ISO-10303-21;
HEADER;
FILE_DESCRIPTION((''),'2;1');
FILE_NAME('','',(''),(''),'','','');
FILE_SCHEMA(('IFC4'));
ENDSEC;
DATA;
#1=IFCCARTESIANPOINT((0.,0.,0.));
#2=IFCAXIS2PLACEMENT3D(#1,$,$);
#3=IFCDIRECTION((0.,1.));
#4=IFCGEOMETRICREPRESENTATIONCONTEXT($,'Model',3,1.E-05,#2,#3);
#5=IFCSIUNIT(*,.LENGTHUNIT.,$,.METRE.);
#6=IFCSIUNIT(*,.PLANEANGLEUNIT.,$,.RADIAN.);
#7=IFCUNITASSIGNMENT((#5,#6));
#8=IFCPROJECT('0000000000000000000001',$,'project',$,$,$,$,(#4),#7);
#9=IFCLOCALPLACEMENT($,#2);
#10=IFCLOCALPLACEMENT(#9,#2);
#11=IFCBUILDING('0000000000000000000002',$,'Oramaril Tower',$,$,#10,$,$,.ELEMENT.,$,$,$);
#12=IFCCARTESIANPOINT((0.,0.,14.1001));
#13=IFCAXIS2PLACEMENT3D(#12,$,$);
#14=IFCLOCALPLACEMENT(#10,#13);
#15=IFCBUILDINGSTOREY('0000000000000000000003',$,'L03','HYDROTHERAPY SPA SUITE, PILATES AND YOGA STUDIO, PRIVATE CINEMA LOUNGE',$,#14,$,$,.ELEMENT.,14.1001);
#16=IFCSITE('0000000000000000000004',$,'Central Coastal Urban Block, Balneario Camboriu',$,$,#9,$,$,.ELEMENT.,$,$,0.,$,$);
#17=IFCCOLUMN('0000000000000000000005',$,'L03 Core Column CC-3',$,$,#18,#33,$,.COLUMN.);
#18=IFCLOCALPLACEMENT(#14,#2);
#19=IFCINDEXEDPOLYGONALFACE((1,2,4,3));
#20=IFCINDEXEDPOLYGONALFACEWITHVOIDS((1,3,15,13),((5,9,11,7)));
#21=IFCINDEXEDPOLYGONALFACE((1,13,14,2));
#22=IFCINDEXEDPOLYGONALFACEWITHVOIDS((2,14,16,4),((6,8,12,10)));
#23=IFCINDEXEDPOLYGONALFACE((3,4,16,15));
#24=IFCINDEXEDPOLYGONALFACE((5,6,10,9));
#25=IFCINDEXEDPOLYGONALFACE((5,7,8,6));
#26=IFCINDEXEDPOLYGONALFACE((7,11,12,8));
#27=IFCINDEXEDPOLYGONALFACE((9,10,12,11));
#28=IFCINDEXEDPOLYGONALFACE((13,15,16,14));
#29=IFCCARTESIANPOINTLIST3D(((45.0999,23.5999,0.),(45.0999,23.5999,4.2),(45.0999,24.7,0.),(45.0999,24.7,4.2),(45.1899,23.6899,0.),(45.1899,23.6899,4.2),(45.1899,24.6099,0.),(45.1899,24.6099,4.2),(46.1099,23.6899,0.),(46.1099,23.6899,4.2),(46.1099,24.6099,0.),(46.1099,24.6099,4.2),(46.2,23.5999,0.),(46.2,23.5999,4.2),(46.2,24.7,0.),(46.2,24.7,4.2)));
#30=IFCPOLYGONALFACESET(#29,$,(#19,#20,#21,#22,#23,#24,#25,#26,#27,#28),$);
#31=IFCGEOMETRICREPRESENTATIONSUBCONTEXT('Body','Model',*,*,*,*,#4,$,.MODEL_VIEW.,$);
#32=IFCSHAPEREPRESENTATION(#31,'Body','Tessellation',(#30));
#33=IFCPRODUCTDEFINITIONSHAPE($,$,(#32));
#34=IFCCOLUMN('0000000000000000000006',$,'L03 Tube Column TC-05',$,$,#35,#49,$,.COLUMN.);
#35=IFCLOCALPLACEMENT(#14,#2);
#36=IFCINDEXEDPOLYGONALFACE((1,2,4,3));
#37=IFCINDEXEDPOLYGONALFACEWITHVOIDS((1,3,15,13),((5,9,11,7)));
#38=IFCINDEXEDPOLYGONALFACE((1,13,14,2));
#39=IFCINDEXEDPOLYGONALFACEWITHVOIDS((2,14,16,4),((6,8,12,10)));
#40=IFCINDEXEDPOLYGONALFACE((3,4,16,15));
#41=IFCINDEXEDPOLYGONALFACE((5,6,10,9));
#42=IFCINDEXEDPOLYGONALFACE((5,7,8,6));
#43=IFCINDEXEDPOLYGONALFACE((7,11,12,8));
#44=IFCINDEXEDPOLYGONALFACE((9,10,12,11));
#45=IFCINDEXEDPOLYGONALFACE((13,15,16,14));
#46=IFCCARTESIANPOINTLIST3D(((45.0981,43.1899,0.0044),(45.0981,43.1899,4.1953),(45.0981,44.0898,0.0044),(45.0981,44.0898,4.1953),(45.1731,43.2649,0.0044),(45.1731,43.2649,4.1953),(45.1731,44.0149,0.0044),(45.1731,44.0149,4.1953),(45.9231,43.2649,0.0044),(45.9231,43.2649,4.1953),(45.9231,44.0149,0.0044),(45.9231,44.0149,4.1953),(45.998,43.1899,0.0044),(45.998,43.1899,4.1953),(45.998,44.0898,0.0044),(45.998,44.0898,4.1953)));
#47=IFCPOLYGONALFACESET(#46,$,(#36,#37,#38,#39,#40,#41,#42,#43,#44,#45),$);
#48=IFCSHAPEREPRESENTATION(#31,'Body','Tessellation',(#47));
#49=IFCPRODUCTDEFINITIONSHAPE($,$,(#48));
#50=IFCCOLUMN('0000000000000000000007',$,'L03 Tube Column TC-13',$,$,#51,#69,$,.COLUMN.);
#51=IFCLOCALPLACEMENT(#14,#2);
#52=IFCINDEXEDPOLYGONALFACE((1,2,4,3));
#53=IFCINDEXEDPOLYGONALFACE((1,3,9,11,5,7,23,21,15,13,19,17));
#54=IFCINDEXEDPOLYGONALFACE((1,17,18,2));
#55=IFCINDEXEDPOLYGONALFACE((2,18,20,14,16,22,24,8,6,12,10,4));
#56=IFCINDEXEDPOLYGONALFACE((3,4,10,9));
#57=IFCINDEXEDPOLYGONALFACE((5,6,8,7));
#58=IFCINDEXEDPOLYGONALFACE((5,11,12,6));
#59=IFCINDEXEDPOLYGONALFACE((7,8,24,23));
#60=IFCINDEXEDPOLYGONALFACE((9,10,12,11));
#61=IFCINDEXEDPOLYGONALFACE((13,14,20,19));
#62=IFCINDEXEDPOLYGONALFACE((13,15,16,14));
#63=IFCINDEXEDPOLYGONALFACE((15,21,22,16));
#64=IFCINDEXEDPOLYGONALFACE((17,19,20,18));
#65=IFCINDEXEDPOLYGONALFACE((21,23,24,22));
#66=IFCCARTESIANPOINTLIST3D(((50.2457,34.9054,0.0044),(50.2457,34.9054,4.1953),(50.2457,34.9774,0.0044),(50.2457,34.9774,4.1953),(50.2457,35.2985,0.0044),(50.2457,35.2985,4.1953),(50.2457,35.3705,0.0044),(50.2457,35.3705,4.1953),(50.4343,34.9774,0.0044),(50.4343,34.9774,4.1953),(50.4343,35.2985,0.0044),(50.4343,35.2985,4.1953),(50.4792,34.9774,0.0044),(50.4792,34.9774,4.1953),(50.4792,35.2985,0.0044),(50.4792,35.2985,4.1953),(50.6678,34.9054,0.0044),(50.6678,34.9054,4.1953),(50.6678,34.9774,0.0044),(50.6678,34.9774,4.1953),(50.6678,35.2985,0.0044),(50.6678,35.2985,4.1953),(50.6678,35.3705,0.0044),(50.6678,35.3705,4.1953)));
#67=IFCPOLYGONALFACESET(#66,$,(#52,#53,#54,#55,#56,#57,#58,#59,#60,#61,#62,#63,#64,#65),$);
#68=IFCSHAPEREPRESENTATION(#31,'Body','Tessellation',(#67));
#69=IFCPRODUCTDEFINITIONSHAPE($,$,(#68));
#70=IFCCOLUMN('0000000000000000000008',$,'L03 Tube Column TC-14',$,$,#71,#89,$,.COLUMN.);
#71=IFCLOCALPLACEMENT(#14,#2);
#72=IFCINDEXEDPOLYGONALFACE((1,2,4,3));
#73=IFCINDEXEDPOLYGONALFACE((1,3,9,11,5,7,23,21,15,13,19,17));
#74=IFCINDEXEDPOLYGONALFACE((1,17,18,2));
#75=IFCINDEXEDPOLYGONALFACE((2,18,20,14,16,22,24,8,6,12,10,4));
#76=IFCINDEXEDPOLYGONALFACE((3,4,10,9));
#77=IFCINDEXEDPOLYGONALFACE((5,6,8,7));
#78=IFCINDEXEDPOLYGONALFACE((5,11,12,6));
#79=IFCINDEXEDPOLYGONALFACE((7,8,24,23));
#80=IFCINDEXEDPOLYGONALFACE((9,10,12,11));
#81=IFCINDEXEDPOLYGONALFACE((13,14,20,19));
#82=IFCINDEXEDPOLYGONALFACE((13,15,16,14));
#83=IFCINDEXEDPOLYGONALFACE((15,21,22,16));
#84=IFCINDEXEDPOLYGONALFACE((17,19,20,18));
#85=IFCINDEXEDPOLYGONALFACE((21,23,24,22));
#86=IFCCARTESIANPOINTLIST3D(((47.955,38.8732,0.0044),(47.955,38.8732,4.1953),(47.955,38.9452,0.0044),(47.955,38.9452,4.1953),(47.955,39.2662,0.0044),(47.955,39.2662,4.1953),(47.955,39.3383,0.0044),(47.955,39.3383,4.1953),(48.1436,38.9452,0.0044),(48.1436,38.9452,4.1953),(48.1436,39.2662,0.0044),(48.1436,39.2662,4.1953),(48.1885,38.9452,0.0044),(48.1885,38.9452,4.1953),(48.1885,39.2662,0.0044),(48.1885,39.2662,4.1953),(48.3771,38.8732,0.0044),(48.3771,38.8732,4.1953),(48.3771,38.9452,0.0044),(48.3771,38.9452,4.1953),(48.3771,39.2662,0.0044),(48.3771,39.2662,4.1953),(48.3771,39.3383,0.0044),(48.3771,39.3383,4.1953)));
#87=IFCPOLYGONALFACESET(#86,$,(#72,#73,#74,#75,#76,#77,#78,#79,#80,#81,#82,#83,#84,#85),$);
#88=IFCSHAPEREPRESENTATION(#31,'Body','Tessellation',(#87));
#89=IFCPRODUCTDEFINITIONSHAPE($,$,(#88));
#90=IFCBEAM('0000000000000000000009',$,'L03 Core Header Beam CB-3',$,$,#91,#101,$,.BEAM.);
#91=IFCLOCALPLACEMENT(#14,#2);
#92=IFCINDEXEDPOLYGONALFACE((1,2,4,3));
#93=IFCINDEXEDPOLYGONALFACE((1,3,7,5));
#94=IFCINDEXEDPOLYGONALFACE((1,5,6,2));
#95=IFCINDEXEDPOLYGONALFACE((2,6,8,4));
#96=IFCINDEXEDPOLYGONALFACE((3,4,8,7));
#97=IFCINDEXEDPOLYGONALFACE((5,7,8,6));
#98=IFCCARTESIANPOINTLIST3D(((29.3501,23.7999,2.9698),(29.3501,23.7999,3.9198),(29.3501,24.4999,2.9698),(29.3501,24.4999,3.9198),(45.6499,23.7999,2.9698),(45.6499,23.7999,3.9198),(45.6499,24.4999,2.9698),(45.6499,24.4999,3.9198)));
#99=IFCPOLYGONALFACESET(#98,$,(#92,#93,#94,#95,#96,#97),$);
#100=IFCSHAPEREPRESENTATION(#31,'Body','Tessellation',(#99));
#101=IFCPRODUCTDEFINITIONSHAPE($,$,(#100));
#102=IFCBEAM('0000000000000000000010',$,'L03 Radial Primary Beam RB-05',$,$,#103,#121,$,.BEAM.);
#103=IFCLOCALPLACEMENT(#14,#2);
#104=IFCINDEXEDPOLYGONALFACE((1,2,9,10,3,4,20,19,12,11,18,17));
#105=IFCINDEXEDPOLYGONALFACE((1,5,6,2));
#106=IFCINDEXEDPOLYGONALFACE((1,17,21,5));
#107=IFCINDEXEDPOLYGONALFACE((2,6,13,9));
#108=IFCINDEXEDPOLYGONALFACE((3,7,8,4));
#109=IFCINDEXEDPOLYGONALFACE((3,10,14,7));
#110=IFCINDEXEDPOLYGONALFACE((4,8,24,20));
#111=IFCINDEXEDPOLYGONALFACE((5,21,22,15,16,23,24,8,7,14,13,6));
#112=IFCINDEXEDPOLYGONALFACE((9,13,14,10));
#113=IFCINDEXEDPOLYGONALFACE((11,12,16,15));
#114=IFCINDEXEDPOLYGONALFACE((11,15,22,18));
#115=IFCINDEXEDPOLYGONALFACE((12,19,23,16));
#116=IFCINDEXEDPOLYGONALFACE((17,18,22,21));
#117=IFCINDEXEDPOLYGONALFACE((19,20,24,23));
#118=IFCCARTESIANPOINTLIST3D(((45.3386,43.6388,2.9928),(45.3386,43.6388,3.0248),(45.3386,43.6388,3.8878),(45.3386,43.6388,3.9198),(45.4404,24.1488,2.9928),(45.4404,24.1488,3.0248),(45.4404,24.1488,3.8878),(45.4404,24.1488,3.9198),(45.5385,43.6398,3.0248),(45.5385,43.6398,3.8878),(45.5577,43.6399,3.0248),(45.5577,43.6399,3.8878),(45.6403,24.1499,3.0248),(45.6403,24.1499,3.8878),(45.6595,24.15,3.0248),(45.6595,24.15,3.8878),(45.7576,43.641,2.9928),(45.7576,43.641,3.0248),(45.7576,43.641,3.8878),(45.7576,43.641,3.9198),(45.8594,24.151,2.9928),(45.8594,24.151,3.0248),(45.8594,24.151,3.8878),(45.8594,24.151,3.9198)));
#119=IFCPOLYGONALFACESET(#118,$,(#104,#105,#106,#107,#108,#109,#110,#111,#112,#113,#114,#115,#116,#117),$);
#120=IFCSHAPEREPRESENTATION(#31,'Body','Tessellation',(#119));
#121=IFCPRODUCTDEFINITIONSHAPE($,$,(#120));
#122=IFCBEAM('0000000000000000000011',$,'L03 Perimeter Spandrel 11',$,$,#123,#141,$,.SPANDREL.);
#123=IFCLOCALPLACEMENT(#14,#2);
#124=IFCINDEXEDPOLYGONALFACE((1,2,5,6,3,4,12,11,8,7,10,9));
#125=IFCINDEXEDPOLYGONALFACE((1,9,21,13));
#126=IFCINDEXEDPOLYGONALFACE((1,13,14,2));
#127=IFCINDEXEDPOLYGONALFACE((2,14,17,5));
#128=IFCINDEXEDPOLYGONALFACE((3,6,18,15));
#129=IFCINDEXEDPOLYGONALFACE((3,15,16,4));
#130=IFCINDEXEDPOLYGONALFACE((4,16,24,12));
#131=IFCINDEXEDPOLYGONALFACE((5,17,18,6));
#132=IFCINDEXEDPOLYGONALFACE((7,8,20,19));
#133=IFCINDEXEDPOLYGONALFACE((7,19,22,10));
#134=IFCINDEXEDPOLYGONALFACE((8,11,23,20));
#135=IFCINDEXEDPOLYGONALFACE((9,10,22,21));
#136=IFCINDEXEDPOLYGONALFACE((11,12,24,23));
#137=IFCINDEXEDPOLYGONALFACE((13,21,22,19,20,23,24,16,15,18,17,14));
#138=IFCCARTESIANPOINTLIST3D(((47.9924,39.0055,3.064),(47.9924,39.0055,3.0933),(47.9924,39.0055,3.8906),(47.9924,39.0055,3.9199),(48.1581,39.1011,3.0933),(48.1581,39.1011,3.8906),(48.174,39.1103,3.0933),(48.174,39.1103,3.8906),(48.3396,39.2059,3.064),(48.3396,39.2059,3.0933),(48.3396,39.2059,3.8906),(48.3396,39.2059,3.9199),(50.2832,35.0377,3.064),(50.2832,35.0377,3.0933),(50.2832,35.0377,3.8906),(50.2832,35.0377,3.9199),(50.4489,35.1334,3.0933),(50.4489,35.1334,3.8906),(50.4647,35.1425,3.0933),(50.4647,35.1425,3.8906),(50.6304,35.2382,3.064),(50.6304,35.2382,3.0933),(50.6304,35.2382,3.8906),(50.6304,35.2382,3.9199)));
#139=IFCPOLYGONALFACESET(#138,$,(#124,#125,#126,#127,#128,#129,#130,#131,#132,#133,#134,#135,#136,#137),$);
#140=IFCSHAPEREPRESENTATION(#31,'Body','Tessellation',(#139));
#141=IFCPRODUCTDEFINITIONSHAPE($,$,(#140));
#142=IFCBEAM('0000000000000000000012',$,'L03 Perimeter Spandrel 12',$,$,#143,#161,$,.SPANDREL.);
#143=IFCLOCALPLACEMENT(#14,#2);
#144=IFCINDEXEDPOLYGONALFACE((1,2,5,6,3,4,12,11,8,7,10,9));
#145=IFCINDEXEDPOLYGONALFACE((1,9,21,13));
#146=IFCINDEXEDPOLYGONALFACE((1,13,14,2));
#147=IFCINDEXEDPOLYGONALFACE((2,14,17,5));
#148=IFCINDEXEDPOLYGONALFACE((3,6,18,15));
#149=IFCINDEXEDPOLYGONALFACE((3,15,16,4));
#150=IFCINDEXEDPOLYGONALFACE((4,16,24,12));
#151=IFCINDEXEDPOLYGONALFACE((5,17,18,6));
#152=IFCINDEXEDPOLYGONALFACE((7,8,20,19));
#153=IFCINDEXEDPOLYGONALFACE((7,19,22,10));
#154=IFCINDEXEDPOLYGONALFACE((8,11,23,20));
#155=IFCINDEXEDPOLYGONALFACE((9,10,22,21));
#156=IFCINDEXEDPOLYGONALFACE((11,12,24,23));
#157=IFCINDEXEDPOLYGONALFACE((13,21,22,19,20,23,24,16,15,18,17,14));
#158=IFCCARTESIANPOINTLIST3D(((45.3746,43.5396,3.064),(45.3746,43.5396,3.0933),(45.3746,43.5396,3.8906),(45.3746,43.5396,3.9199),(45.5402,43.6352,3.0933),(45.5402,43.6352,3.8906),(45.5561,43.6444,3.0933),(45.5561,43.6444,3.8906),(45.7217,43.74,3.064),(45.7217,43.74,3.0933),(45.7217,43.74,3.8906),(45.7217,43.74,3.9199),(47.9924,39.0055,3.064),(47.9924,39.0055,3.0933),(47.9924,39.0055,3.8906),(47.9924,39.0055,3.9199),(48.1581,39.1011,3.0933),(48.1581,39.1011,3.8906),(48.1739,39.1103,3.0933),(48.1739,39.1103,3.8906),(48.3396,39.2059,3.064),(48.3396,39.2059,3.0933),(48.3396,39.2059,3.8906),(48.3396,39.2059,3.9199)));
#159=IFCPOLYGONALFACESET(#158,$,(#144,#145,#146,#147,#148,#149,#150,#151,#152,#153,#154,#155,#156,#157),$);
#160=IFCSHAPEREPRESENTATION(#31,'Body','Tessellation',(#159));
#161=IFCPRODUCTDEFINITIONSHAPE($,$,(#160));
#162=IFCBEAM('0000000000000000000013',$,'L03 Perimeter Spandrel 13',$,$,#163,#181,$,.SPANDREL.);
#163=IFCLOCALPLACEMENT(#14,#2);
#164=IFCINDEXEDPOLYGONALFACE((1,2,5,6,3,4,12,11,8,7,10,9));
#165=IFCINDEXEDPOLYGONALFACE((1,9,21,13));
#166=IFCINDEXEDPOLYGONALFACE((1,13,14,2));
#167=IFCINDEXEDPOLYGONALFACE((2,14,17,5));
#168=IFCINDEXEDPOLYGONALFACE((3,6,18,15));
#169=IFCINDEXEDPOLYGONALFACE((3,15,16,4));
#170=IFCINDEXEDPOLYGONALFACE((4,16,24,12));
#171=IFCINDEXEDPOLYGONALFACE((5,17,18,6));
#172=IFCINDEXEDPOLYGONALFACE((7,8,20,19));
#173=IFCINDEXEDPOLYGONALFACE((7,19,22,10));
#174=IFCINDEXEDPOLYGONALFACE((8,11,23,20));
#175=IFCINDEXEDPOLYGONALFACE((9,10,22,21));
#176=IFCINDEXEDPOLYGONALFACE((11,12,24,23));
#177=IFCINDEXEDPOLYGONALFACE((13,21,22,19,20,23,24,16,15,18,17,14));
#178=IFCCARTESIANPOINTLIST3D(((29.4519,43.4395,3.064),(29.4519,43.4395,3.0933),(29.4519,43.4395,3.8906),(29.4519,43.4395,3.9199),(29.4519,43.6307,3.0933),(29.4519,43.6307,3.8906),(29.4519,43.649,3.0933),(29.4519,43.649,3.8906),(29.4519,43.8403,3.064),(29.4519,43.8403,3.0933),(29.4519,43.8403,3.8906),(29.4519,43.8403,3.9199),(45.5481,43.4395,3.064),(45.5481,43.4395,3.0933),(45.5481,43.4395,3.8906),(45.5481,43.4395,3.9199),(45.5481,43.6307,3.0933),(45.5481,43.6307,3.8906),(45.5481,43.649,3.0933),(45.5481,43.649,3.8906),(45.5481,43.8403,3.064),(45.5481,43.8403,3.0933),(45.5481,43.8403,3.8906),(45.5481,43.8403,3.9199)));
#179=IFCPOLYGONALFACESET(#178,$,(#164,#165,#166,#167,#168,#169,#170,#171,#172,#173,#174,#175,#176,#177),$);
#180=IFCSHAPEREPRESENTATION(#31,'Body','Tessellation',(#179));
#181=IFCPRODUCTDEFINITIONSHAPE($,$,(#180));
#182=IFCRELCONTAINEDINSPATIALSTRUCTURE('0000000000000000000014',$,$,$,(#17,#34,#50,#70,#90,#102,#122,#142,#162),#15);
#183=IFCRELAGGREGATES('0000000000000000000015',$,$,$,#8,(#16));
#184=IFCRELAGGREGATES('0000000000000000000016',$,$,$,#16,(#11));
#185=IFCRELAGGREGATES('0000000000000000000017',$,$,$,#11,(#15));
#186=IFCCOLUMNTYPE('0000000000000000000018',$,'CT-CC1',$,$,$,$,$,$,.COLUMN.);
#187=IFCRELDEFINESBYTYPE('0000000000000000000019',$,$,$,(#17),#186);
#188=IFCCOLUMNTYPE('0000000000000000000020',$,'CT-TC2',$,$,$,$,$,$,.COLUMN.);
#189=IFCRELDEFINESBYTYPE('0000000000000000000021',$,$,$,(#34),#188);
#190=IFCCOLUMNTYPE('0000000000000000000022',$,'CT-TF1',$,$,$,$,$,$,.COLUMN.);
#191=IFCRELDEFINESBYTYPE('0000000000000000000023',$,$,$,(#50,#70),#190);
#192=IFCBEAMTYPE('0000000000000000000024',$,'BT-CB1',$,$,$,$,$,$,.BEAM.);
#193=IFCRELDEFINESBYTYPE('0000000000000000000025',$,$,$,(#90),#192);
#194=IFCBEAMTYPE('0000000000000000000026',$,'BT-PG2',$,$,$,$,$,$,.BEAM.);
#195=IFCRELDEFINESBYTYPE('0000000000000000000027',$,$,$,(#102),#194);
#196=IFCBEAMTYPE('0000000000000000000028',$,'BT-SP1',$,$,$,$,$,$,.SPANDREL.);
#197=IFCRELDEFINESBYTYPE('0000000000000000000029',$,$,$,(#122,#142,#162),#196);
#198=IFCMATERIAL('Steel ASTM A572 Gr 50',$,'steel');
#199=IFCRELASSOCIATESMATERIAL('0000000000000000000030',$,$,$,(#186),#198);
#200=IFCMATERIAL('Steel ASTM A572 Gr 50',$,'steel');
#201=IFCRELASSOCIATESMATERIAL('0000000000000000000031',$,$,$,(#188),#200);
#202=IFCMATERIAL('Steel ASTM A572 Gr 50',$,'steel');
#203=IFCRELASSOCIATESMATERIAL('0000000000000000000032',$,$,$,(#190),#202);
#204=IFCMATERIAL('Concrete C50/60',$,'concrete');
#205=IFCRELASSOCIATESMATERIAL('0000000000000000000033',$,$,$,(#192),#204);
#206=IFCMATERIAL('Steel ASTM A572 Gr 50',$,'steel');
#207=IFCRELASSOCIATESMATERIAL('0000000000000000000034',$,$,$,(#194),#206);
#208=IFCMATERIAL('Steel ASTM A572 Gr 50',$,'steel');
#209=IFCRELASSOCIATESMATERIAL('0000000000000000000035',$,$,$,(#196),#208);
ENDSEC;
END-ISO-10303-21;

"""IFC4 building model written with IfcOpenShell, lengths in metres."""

from ifc_helpers import new_model, si_unit, direction, frame, origin, origin_2d, place, context, subcontext, project, spatial, rectangle, hollow_rectangle, i_section, extrude, material, material_profile, profile_set, type_object, element, save


model = new_model("IFC4")

# Units and contexts
model_context = context("Model", 3, precision=1e-05, world=origin(), true_north=direction((0.0, 1.0)))
body_context = subcontext(model_context, "Body", "Model", "MODEL_VIEW")
ifc_project = project(units=[si_unit("LENGTHUNIT", "METRE"), si_unit("PLANEANGLEUNIT", "RADIAN")], contexts=[model_context])

# Site, building, storey
site_placement = place(None, origin())
site = spatial("IfcSite", under=ifc_project, at=site_placement, Name="Central Coastal Urban Block, Balneario Camboriu", CompositionType="ELEMENT", RefElevation=0.0)
building_placement = place(site_placement, origin())
building = spatial("IfcBuilding", under=site, at=building_placement, Name="Oramaril Tower", CompositionType="ELEMENT")
storey_placement = place(building_placement, frame((0.0, 0.0, 14.1001)))
storey = spatial("IfcBuildingStorey", under=building, at=storey_placement, Name="L03", Description="HYDROTHERAPY SPA SUITE, PILATES AND YOGA STUDIO, PRIVATE CINEMA LOUNGE", CompositionType="ELEMENT", Elevation=14.1001)

# Columns
ifc_material_1 = material(Name="Steel ASTM A572 Gr 50", Category="steel")
ifc_material_profile_1 = material_profile(ifc_material_1, hollow_rectangle(XDim=1.1001, YDim=1.1001, WallThickness=0.0901, at=origin_2d()), Name="BOX1100X1100X90")
ifc_profile_set_1 = profile_set([ifc_material_profile_1], Name="Steel ASTM A572 Gr 50")
column_type_1 = type_object("IfcColumnType", Name="CT-CC1", PredefinedType="COLUMN", material=ifc_profile_set_1)
column_1_placement = place(storey_placement, frame((45.6499, 24.1499, 0.0), z_axis=(0.0, 0.0, 1.0), x_axis=(1.0, 0.0, 0.0)))
element("IfcColumn", 1, at=column_1_placement, inside=storey, type_object=column_type_1, Name="L03 Core Column CC-3", PredefinedType="COLUMN", context=body_context, shape_type="SweptSolid", body=[
    extrude(hollow_rectangle(XDim=1.1001, YDim=1.1001, WallThickness=0.0901, at=origin_2d()), origin(), (0.0, 0.0, 1.0), 4.2),
])
ifc_material_2 = material(Name="Steel ASTM A572 Gr 50", Category="steel")
ifc_material_profile_2 = material_profile(ifc_material_2, hollow_rectangle(XDim=0.8999, YDim=0.8999, WallThickness=0.075, at=origin_2d()), Name="BOX900X900X75")
ifc_profile_set_2 = profile_set([ifc_material_profile_2], Name="Steel ASTM A572 Gr 50")
column_type_2 = type_object("IfcColumnType", Name="CT-TC2", PredefinedType="COLUMN", material=ifc_profile_set_2)
column_2_placement = place(storey_placement, frame((45.5481, 43.6399, 0.0044), z_axis=(0.0, 0.0, 1.0), x_axis=(1.0, 0.0, 0.0)))
element("IfcColumn", 2, at=column_2_placement, inside=storey, type_object=column_type_2, Name="L03 Tube Column TC-05", PredefinedType="COLUMN", context=body_context, shape_type="SweptSolid", body=[
    extrude(hollow_rectangle(XDim=0.8999, YDim=0.8999, WallThickness=0.075, at=origin_2d()), origin(), (0.0, 0.0, 1.0), 4.1909),
])
ifc_material_3 = material(Name="Steel ASTM A572 Gr 50", Category="steel")
ifc_material_profile_3 = material_profile(ifc_material_3, i_section(OverallWidth=0.4221, OverallDepth=0.4651, WebThickness=0.0449, FlangeThickness=0.072, at=origin_2d()), Name="W14X398")
ifc_profile_set_3 = profile_set([ifc_material_profile_3], Name="Steel ASTM A572 Gr 50")
column_type_3 = type_object("IfcColumnType", Name="CT-TF1", PredefinedType="COLUMN", material=ifc_profile_set_3)
for number, where, z_axis, x_axis, name in (
    (3, (50.4568, 35.1379, 0.0044), (0.0, 0.0, 1.0), (1.0, 0.0, 0.0), "L03 Tube Column TC-13"),
    (4, (48.166, 39.1057, 0.0044), (0.0, 0.0, 1.0), (1.0, 0.0, 0.0), "L03 Tube Column TC-14"),
):
    element("IfcColumn", number, at=place(storey_placement, frame(where, z_axis=z_axis, x_axis=x_axis)), inside=storey, type_object=column_type_3, Name=name, PredefinedType="COLUMN", context=body_context, shape_type="SweptSolid", body=[
        extrude(i_section(OverallWidth=0.4221, OverallDepth=0.4651, WebThickness=0.0449, FlangeThickness=0.072, at=origin_2d()), origin(), (0.0, 0.0, 1.0), 4.1909),
    ])

# Beams
ifc_material_4 = material(Name="Concrete C50/60", Category="concrete")
ifc_material_profile_4 = material_profile(ifc_material_4, rectangle(XDim=0.7, YDim=0.95, at=origin_2d()), Name="CB700X950")
ifc_profile_set_4 = profile_set([ifc_material_profile_4], Name="Concrete C50/60")
beam_type_1 = type_object("IfcBeamType", Name="BT-CB1", PredefinedType="BEAM", material=ifc_profile_set_4)
beam_1_placement = place(storey_placement, frame((45.6499, 24.1499, 3.4448), z_axis=(-1.0, 0.0, 0.0), x_axis=(0.0, -1.0, 0.0)))
element("IfcBeam", 5, at=beam_1_placement, inside=storey, type_object=beam_type_1, Name="L03 Core Header Beam CB-3", PredefinedType="BEAM", context=body_context, shape_type="SweptSolid", body=[
    extrude(rectangle(XDim=0.7, YDim=0.95, at=origin_2d()), origin(), (0.0, 0.0, 1.0), 16.2998),
])
ifc_material_5 = material(Name="Steel ASTM A572 Gr 50", Category="steel")
ifc_material_profile_5 = material_profile(ifc_material_5, i_section(OverallWidth=0.4189, OverallDepth=0.927, WebThickness=0.0193, FlangeThickness=0.032, at=origin_2d()), Name="W36X231")
ifc_profile_set_5 = profile_set([ifc_material_profile_5], Name="Steel ASTM A572 Gr 50")
beam_type_2 = type_object("IfcBeamType", Name="BT-PG2", PredefinedType="BEAM", material=ifc_profile_set_5)
beam_2_placement = place(storey_placement, frame((45.6499, 24.1499, 3.4563), z_axis=(-0.005223, 0.999986, 0.0), x_axis=(-0.999986, -0.005223, 0.0)))
element("IfcBeam", 6, at=beam_2_placement, inside=storey, type_object=beam_type_2, Name="L03 Radial Primary Beam RB-05", PredefinedType="BEAM", context=body_context, shape_type="SweptSolid", body=[
    extrude(i_section(OverallWidth=0.4189, OverallDepth=0.927, WebThickness=0.0193, FlangeThickness=0.032, at=origin_2d()), origin(), (0.0, 0.0, 1.0), 19.4902),
])
ifc_material_6 = material(Name="Steel ASTM A572 Gr 50", Category="steel")
ifc_material_profile_6 = material_profile(ifc_material_6, i_section(OverallWidth=0.4009, OverallDepth=0.856, WebThickness=0.0183, FlangeThickness=0.0293, at=origin_2d()), Name="W33X201")
ifc_profile_set_6 = profile_set([ifc_material_profile_6], Name="Steel ASTM A572 Gr 50")
beam_type_3 = type_object("IfcBeamType", Name="BT-SP1", PredefinedType="SPANDREL", material=ifc_profile_set_6)
beam_3_placement = place(storey_placement, frame((50.4568, 35.1379, 3.4919), z_axis=(-0.499996, 0.866028, 0.0), x_axis=(-0.866028, -0.499996, 0.0)))
element("IfcBeam", 7, at=beam_3_placement, inside=storey, type_object=beam_type_3, Name="L03 Perimeter Spandrel 11", PredefinedType="SPANDREL", context=body_context, shape_type="SweptSolid", body=[
    extrude(i_section(OverallWidth=0.4009, OverallDepth=0.856, WebThickness=0.0183, FlangeThickness=0.0293, at=origin_2d()), origin(), (0.0, 0.0, 1.0), 4.5815),
])
beam_4_placement = place(storey_placement, frame((48.166, 39.1057, 3.4919), z_axis=(-0.500016, 0.866016, 0.0), x_axis=(-0.866016, -0.500016, 0.0)))
element("IfcBeam", 8, at=beam_4_placement, inside=storey, type_object=beam_type_3, Name="L03 Perimeter Spandrel 12", PredefinedType="SPANDREL", context=body_context, shape_type="SweptSolid", body=[
    extrude(i_section(OverallWidth=0.4009, OverallDepth=0.856, WebThickness=0.0183, FlangeThickness=0.0293, at=origin_2d()), origin(), (0.0, 0.0, 1.0), 5.2356),
])
beam_5_placement = place(storey_placement, frame((45.5481, 43.6399, 3.4919), z_axis=(-1.0, 0.0, 0.0), x_axis=(0.0, -1.0, 0.0)))
element("IfcBeam", 9, at=beam_5_placement, inside=storey, type_object=beam_type_3, Name="L03 Perimeter Spandrel 13", PredefinedType="SPANDREL", context=body_context, shape_type="SweptSolid", body=[
    extrude(i_section(OverallWidth=0.4009, OverallDepth=0.856, WebThickness=0.0183, FlangeThickness=0.0293, at=origin_2d()), origin(), (0.0, 0.0, 1.0), 16.0962),
])

save(model, "model.ifc")
